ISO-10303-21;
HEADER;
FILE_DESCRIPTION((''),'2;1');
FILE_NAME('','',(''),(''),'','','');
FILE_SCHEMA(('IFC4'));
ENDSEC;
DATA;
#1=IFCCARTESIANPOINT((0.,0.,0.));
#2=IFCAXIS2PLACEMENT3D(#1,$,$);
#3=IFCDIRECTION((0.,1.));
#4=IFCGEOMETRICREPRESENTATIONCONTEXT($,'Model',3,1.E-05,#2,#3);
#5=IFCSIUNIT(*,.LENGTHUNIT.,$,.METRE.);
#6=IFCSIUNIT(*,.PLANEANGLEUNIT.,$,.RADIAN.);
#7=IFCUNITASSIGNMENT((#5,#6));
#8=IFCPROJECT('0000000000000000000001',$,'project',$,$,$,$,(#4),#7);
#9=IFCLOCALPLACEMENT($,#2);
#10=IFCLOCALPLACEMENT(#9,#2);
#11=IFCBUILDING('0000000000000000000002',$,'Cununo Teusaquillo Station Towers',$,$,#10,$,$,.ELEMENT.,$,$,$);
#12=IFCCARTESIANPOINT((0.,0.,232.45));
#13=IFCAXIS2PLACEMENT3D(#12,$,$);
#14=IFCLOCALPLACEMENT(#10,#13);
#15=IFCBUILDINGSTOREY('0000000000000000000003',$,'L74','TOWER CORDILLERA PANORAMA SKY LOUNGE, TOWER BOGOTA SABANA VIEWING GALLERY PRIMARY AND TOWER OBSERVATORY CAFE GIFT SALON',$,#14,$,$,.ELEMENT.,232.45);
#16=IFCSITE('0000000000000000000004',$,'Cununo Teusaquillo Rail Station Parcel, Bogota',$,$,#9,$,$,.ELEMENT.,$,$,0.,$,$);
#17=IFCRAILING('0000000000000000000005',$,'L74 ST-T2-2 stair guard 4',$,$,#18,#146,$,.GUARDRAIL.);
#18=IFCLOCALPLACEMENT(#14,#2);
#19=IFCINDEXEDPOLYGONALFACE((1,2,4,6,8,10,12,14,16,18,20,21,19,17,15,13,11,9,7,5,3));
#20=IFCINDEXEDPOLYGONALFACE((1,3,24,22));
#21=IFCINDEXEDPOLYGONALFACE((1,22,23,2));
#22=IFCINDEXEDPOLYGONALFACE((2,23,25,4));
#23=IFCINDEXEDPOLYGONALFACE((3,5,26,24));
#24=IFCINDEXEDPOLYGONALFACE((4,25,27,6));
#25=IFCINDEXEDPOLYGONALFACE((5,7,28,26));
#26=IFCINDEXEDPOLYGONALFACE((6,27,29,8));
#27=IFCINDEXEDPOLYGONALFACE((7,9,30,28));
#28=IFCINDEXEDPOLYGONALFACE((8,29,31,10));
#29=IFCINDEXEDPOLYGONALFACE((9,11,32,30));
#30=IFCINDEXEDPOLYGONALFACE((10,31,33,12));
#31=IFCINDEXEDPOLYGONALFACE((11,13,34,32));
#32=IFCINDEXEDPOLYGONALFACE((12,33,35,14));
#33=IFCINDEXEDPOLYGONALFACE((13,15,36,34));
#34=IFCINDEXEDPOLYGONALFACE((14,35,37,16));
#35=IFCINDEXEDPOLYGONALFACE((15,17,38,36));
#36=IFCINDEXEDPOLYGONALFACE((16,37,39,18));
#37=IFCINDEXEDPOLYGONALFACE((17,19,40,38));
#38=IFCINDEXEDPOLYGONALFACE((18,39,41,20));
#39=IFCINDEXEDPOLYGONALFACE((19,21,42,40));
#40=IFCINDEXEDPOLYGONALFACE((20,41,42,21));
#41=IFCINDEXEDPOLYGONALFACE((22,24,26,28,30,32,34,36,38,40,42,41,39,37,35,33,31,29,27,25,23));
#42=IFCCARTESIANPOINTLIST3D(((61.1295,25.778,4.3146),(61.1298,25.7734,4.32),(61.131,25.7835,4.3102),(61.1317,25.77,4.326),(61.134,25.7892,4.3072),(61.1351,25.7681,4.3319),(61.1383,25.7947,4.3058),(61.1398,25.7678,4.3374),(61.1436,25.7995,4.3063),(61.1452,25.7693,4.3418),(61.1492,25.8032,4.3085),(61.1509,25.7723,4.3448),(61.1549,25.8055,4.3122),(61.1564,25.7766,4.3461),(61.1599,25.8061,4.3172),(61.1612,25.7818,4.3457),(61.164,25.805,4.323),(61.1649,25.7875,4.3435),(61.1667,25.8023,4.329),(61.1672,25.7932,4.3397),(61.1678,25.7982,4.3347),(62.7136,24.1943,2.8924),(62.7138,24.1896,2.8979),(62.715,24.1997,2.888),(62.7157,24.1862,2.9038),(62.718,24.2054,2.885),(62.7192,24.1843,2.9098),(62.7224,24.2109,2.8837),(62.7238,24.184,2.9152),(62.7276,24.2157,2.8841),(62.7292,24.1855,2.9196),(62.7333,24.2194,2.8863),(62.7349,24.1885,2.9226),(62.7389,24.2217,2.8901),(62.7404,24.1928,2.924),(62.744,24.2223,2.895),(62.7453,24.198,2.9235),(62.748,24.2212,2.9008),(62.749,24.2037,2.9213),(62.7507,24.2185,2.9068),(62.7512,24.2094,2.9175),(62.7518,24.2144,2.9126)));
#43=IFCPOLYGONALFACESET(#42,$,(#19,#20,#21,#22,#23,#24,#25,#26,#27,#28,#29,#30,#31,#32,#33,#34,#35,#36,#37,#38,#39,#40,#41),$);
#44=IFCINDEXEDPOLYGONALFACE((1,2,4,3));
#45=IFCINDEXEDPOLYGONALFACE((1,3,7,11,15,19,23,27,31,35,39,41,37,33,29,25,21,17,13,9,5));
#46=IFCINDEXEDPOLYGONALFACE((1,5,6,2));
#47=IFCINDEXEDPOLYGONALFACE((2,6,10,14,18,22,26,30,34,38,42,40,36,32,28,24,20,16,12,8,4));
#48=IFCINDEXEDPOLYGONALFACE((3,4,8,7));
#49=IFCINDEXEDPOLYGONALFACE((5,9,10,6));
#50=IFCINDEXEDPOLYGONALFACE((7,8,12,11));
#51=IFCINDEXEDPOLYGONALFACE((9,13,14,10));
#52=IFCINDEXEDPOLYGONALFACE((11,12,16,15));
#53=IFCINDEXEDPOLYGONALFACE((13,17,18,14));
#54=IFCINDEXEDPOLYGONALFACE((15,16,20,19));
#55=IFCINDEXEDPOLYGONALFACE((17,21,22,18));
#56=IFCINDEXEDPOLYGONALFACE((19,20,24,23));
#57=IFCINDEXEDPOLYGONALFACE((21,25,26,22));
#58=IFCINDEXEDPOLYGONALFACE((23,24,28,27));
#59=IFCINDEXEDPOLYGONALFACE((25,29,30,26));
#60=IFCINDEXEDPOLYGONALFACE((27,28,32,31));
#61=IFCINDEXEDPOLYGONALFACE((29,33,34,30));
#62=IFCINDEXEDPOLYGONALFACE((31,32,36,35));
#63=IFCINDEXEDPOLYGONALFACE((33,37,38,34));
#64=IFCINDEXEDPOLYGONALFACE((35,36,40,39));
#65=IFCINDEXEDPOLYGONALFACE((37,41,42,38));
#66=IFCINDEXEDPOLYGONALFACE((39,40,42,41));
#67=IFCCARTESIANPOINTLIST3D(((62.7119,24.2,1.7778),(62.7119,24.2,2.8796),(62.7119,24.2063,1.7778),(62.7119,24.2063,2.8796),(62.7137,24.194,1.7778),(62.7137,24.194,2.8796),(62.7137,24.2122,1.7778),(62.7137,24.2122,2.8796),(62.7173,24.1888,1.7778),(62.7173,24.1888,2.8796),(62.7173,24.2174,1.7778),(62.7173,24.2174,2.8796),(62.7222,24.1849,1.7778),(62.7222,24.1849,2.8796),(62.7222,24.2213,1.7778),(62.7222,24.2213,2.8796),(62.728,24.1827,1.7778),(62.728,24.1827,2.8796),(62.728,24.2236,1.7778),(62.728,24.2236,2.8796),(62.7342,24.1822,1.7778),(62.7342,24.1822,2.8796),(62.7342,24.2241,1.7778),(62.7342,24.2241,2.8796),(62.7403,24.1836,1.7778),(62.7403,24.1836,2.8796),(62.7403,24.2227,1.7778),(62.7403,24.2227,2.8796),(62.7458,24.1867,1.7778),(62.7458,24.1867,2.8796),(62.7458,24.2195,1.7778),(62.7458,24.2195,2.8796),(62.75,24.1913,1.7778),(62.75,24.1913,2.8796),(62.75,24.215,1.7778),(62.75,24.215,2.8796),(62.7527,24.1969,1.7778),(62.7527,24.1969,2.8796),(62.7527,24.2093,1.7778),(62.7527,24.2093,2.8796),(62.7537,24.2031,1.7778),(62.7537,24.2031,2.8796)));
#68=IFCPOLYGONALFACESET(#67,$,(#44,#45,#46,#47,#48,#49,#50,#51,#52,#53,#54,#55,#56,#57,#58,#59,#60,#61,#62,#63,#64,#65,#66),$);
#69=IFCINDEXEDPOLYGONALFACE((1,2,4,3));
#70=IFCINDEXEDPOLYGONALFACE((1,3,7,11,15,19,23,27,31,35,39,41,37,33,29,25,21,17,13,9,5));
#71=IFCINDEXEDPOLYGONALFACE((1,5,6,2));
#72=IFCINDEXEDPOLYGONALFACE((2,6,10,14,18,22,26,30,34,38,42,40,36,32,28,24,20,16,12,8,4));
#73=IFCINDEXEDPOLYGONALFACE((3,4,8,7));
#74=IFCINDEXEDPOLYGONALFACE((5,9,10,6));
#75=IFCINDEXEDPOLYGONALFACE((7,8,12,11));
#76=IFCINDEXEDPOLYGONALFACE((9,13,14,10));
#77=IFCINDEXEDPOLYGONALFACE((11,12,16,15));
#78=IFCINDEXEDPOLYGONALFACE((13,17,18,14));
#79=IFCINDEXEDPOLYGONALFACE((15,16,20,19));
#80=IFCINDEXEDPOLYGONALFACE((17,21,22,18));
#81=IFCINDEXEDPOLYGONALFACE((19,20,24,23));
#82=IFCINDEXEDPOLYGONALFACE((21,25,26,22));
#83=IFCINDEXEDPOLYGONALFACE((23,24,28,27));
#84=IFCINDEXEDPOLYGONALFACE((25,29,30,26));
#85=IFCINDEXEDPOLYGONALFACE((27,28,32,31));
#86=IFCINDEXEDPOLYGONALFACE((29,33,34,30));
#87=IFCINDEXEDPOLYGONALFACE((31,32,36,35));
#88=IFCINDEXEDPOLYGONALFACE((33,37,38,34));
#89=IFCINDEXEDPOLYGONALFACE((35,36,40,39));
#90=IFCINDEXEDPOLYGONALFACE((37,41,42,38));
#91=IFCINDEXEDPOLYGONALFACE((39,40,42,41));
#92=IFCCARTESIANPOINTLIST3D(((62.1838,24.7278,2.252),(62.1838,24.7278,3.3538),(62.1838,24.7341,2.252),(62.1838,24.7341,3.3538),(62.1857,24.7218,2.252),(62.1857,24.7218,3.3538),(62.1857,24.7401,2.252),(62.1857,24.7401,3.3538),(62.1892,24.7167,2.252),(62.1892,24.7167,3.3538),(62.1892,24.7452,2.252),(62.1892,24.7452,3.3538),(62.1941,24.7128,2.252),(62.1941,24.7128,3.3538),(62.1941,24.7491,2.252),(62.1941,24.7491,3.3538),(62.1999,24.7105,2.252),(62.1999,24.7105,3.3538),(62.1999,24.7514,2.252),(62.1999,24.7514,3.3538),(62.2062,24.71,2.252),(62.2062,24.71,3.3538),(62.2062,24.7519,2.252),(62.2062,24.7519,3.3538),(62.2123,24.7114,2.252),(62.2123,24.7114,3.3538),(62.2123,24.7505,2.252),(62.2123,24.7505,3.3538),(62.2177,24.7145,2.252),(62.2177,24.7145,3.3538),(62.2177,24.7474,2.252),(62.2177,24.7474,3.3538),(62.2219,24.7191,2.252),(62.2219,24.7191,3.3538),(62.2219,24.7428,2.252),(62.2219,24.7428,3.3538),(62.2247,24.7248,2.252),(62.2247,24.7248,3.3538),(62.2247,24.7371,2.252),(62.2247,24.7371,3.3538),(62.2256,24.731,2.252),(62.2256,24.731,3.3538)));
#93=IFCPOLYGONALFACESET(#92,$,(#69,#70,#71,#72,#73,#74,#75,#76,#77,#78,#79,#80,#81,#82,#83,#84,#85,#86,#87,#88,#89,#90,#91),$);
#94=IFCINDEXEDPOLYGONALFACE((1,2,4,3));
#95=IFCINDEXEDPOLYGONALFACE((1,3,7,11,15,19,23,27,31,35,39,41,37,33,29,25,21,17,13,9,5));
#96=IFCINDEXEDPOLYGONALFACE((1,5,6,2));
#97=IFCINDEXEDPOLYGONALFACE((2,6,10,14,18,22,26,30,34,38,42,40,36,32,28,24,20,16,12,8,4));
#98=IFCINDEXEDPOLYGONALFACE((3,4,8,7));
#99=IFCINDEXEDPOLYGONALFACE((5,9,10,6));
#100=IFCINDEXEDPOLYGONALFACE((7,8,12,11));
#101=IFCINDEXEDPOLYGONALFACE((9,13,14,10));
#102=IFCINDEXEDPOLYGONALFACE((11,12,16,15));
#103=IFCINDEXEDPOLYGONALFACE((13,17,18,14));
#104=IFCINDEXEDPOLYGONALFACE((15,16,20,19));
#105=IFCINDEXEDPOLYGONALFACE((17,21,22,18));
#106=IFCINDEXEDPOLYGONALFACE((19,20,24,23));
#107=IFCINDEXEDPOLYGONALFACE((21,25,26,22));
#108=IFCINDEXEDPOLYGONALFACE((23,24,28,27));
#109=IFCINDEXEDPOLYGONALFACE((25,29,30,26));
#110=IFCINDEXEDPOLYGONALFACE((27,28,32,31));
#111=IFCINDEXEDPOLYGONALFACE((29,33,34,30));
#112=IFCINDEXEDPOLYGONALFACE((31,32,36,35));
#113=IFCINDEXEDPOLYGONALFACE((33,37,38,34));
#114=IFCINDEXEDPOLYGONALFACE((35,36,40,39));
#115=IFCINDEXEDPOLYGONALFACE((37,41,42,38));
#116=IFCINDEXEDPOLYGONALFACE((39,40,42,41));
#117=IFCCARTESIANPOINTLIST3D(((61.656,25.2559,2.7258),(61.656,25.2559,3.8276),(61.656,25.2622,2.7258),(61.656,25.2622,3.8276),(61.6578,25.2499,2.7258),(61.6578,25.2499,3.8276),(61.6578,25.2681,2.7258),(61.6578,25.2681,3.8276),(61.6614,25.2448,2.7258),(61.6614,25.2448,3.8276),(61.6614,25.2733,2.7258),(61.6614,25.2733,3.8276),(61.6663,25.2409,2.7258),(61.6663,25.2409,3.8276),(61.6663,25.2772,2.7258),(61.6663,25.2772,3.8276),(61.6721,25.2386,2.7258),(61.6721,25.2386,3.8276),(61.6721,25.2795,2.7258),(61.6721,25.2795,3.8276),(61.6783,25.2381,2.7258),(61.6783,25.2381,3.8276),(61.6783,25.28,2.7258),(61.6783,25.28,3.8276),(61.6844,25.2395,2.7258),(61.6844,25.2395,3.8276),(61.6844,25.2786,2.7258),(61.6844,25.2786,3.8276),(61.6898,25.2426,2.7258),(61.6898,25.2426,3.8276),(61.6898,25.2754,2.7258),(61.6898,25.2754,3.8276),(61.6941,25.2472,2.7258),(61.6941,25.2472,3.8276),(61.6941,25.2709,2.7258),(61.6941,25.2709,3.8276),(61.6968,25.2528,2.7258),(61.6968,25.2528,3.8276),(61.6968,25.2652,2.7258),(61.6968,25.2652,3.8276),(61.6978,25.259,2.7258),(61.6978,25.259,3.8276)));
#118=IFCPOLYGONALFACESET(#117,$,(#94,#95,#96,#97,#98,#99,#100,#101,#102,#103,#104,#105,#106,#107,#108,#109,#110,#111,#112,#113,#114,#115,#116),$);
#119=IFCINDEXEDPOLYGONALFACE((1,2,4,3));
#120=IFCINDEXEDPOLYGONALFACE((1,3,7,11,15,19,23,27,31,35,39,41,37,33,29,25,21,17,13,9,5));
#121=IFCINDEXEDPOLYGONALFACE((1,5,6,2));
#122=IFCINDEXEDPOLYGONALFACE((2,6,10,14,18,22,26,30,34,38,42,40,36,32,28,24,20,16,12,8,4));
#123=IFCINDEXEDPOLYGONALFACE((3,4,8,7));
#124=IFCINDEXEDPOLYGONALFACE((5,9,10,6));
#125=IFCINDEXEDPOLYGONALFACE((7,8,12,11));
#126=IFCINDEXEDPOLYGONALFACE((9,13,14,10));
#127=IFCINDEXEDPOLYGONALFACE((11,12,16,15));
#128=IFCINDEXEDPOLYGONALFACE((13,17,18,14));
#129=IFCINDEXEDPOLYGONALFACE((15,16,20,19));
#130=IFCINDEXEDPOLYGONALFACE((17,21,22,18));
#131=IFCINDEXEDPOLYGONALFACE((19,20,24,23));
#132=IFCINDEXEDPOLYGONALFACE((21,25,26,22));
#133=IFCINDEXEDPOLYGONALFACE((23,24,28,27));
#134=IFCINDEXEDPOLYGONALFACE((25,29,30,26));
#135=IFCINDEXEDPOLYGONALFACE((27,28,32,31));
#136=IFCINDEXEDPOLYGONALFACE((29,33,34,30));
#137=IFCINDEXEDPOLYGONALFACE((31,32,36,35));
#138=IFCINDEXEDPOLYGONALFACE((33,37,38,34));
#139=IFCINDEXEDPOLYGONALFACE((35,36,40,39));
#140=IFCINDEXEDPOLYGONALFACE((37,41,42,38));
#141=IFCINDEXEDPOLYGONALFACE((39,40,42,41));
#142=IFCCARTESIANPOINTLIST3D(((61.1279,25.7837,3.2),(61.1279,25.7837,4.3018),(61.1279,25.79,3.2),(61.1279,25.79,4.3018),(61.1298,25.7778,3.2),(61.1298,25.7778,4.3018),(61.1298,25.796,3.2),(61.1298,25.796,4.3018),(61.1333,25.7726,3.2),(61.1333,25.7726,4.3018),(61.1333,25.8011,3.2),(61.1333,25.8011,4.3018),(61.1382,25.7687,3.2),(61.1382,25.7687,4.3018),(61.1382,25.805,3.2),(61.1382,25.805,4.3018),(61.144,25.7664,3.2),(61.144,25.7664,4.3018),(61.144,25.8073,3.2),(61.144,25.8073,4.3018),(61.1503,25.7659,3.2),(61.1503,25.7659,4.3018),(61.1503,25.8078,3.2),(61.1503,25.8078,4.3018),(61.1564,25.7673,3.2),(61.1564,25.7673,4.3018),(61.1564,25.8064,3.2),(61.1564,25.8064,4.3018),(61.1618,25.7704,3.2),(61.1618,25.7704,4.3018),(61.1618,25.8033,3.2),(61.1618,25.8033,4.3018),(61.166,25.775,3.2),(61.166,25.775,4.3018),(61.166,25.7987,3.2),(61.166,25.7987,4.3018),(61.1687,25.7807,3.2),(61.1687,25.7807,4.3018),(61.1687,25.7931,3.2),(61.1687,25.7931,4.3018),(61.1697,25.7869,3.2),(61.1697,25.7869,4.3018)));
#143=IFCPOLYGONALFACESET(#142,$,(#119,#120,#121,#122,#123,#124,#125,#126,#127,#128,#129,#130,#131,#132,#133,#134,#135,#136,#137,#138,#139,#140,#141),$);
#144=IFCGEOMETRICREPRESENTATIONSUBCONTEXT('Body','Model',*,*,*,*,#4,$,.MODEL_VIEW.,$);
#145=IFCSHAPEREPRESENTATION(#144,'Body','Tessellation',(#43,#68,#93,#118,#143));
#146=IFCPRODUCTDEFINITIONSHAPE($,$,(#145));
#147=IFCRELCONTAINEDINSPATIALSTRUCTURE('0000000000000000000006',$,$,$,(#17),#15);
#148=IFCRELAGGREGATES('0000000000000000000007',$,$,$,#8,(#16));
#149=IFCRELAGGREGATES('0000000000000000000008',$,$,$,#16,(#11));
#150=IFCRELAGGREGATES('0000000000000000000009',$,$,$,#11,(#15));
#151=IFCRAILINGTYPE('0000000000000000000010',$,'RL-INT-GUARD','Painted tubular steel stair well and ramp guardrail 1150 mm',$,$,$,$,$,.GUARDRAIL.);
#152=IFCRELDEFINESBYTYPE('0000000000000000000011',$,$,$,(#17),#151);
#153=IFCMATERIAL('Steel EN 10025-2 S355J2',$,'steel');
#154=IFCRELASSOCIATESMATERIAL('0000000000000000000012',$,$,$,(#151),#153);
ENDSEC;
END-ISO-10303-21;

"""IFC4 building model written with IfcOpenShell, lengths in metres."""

from ifc_helpers import new_model, si_unit, direction, frame, origin, origin_2d, place, context, subcontext, project, spatial, circle, extrude, material, type_object, element, save


model = new_model("IFC4")

# Units and contexts
model_context = context("Model", 3, precision=1e-05, world=origin(), true_north=direction((0.0, 1.0)))
body_context = subcontext(model_context, "Body", "Model", "MODEL_VIEW")
ifc_project = project(units=[si_unit("LENGTHUNIT", "METRE"), si_unit("PLANEANGLEUNIT", "RADIAN")], contexts=[model_context])

# Site, building, storey
site_placement = place(None, origin())
site = spatial("IfcSite", under=ifc_project, at=site_placement, Name="Cununo Teusaquillo Rail Station Parcel, Bogota", CompositionType="ELEMENT", RefElevation=0.0)
building_placement = place(site_placement, origin())
building = spatial("IfcBuilding", under=site, at=building_placement, Name="Cununo Teusaquillo Station Towers", CompositionType="ELEMENT")
storey_placement = place(building_placement, frame((0.0, 0.0, 232.45)))
storey = spatial("IfcBuildingStorey", under=building, at=storey_placement, Name="L74", Description="TOWER CORDILLERA PANORAMA SKY LOUNGE, TOWER BOGOTA SABANA VIEWING GALLERY PRIMARY AND TOWER OBSERVATORY CAFE GIFT SALON", CompositionType="ELEMENT", Elevation=232.45)

# Railing
ifc_material_1 = material(Name="Steel EN 10025-2 S355J2", Category="steel")
railing_type_1 = type_object("IfcRailingType", Name="RL-INT-GUARD", Description="Painted tubular steel stair well and ramp guardrail 1150 mm", PredefinedType="GUARDRAIL", material=ifc_material_1)
railing_1_placement = place(storey_placement, frame((62.7327, 24.2031, 1.7778)))
element("IfcRailing", 1, at=railing_1_placement, inside=storey, type_object=railing_type_1, Name="L74 ST-T2-2 stair guard 4", PredefinedType="GUARDRAIL", context=body_context, shape_type="SweptSolid", body=[
    extrude(circle(Radius=0.0239, at=origin_2d()), frame((0.0, 0.0, 1.126), z_axis=(-0.597001, 0.596909, 0.535994), x_axis=(-0.707052, -0.707161, 0.0)), (0.0, 0.0, 1.0), 2.6533),
    extrude(circle(Radius=0.021, at=origin_2d()), origin(), (0.0, 0.0, 1.0), 1.1018),
    extrude(circle(Radius=0.021, at=origin_2d()), frame((-0.5281, 0.5278, 0.4741)), (0.0, 0.0, 1.0), 1.1018),
    extrude(circle(Radius=0.021, at=origin_2d()), frame((-1.0559, 1.0559, 0.948)), (0.0, 0.0, 1.0), 1.1018),
    extrude(circle(Radius=0.021, at=origin_2d()), frame((-1.584, 1.5837, 1.4221)), (0.0, 0.0, 1.0), 1.1018),
])

save(model, "model.ifc")
